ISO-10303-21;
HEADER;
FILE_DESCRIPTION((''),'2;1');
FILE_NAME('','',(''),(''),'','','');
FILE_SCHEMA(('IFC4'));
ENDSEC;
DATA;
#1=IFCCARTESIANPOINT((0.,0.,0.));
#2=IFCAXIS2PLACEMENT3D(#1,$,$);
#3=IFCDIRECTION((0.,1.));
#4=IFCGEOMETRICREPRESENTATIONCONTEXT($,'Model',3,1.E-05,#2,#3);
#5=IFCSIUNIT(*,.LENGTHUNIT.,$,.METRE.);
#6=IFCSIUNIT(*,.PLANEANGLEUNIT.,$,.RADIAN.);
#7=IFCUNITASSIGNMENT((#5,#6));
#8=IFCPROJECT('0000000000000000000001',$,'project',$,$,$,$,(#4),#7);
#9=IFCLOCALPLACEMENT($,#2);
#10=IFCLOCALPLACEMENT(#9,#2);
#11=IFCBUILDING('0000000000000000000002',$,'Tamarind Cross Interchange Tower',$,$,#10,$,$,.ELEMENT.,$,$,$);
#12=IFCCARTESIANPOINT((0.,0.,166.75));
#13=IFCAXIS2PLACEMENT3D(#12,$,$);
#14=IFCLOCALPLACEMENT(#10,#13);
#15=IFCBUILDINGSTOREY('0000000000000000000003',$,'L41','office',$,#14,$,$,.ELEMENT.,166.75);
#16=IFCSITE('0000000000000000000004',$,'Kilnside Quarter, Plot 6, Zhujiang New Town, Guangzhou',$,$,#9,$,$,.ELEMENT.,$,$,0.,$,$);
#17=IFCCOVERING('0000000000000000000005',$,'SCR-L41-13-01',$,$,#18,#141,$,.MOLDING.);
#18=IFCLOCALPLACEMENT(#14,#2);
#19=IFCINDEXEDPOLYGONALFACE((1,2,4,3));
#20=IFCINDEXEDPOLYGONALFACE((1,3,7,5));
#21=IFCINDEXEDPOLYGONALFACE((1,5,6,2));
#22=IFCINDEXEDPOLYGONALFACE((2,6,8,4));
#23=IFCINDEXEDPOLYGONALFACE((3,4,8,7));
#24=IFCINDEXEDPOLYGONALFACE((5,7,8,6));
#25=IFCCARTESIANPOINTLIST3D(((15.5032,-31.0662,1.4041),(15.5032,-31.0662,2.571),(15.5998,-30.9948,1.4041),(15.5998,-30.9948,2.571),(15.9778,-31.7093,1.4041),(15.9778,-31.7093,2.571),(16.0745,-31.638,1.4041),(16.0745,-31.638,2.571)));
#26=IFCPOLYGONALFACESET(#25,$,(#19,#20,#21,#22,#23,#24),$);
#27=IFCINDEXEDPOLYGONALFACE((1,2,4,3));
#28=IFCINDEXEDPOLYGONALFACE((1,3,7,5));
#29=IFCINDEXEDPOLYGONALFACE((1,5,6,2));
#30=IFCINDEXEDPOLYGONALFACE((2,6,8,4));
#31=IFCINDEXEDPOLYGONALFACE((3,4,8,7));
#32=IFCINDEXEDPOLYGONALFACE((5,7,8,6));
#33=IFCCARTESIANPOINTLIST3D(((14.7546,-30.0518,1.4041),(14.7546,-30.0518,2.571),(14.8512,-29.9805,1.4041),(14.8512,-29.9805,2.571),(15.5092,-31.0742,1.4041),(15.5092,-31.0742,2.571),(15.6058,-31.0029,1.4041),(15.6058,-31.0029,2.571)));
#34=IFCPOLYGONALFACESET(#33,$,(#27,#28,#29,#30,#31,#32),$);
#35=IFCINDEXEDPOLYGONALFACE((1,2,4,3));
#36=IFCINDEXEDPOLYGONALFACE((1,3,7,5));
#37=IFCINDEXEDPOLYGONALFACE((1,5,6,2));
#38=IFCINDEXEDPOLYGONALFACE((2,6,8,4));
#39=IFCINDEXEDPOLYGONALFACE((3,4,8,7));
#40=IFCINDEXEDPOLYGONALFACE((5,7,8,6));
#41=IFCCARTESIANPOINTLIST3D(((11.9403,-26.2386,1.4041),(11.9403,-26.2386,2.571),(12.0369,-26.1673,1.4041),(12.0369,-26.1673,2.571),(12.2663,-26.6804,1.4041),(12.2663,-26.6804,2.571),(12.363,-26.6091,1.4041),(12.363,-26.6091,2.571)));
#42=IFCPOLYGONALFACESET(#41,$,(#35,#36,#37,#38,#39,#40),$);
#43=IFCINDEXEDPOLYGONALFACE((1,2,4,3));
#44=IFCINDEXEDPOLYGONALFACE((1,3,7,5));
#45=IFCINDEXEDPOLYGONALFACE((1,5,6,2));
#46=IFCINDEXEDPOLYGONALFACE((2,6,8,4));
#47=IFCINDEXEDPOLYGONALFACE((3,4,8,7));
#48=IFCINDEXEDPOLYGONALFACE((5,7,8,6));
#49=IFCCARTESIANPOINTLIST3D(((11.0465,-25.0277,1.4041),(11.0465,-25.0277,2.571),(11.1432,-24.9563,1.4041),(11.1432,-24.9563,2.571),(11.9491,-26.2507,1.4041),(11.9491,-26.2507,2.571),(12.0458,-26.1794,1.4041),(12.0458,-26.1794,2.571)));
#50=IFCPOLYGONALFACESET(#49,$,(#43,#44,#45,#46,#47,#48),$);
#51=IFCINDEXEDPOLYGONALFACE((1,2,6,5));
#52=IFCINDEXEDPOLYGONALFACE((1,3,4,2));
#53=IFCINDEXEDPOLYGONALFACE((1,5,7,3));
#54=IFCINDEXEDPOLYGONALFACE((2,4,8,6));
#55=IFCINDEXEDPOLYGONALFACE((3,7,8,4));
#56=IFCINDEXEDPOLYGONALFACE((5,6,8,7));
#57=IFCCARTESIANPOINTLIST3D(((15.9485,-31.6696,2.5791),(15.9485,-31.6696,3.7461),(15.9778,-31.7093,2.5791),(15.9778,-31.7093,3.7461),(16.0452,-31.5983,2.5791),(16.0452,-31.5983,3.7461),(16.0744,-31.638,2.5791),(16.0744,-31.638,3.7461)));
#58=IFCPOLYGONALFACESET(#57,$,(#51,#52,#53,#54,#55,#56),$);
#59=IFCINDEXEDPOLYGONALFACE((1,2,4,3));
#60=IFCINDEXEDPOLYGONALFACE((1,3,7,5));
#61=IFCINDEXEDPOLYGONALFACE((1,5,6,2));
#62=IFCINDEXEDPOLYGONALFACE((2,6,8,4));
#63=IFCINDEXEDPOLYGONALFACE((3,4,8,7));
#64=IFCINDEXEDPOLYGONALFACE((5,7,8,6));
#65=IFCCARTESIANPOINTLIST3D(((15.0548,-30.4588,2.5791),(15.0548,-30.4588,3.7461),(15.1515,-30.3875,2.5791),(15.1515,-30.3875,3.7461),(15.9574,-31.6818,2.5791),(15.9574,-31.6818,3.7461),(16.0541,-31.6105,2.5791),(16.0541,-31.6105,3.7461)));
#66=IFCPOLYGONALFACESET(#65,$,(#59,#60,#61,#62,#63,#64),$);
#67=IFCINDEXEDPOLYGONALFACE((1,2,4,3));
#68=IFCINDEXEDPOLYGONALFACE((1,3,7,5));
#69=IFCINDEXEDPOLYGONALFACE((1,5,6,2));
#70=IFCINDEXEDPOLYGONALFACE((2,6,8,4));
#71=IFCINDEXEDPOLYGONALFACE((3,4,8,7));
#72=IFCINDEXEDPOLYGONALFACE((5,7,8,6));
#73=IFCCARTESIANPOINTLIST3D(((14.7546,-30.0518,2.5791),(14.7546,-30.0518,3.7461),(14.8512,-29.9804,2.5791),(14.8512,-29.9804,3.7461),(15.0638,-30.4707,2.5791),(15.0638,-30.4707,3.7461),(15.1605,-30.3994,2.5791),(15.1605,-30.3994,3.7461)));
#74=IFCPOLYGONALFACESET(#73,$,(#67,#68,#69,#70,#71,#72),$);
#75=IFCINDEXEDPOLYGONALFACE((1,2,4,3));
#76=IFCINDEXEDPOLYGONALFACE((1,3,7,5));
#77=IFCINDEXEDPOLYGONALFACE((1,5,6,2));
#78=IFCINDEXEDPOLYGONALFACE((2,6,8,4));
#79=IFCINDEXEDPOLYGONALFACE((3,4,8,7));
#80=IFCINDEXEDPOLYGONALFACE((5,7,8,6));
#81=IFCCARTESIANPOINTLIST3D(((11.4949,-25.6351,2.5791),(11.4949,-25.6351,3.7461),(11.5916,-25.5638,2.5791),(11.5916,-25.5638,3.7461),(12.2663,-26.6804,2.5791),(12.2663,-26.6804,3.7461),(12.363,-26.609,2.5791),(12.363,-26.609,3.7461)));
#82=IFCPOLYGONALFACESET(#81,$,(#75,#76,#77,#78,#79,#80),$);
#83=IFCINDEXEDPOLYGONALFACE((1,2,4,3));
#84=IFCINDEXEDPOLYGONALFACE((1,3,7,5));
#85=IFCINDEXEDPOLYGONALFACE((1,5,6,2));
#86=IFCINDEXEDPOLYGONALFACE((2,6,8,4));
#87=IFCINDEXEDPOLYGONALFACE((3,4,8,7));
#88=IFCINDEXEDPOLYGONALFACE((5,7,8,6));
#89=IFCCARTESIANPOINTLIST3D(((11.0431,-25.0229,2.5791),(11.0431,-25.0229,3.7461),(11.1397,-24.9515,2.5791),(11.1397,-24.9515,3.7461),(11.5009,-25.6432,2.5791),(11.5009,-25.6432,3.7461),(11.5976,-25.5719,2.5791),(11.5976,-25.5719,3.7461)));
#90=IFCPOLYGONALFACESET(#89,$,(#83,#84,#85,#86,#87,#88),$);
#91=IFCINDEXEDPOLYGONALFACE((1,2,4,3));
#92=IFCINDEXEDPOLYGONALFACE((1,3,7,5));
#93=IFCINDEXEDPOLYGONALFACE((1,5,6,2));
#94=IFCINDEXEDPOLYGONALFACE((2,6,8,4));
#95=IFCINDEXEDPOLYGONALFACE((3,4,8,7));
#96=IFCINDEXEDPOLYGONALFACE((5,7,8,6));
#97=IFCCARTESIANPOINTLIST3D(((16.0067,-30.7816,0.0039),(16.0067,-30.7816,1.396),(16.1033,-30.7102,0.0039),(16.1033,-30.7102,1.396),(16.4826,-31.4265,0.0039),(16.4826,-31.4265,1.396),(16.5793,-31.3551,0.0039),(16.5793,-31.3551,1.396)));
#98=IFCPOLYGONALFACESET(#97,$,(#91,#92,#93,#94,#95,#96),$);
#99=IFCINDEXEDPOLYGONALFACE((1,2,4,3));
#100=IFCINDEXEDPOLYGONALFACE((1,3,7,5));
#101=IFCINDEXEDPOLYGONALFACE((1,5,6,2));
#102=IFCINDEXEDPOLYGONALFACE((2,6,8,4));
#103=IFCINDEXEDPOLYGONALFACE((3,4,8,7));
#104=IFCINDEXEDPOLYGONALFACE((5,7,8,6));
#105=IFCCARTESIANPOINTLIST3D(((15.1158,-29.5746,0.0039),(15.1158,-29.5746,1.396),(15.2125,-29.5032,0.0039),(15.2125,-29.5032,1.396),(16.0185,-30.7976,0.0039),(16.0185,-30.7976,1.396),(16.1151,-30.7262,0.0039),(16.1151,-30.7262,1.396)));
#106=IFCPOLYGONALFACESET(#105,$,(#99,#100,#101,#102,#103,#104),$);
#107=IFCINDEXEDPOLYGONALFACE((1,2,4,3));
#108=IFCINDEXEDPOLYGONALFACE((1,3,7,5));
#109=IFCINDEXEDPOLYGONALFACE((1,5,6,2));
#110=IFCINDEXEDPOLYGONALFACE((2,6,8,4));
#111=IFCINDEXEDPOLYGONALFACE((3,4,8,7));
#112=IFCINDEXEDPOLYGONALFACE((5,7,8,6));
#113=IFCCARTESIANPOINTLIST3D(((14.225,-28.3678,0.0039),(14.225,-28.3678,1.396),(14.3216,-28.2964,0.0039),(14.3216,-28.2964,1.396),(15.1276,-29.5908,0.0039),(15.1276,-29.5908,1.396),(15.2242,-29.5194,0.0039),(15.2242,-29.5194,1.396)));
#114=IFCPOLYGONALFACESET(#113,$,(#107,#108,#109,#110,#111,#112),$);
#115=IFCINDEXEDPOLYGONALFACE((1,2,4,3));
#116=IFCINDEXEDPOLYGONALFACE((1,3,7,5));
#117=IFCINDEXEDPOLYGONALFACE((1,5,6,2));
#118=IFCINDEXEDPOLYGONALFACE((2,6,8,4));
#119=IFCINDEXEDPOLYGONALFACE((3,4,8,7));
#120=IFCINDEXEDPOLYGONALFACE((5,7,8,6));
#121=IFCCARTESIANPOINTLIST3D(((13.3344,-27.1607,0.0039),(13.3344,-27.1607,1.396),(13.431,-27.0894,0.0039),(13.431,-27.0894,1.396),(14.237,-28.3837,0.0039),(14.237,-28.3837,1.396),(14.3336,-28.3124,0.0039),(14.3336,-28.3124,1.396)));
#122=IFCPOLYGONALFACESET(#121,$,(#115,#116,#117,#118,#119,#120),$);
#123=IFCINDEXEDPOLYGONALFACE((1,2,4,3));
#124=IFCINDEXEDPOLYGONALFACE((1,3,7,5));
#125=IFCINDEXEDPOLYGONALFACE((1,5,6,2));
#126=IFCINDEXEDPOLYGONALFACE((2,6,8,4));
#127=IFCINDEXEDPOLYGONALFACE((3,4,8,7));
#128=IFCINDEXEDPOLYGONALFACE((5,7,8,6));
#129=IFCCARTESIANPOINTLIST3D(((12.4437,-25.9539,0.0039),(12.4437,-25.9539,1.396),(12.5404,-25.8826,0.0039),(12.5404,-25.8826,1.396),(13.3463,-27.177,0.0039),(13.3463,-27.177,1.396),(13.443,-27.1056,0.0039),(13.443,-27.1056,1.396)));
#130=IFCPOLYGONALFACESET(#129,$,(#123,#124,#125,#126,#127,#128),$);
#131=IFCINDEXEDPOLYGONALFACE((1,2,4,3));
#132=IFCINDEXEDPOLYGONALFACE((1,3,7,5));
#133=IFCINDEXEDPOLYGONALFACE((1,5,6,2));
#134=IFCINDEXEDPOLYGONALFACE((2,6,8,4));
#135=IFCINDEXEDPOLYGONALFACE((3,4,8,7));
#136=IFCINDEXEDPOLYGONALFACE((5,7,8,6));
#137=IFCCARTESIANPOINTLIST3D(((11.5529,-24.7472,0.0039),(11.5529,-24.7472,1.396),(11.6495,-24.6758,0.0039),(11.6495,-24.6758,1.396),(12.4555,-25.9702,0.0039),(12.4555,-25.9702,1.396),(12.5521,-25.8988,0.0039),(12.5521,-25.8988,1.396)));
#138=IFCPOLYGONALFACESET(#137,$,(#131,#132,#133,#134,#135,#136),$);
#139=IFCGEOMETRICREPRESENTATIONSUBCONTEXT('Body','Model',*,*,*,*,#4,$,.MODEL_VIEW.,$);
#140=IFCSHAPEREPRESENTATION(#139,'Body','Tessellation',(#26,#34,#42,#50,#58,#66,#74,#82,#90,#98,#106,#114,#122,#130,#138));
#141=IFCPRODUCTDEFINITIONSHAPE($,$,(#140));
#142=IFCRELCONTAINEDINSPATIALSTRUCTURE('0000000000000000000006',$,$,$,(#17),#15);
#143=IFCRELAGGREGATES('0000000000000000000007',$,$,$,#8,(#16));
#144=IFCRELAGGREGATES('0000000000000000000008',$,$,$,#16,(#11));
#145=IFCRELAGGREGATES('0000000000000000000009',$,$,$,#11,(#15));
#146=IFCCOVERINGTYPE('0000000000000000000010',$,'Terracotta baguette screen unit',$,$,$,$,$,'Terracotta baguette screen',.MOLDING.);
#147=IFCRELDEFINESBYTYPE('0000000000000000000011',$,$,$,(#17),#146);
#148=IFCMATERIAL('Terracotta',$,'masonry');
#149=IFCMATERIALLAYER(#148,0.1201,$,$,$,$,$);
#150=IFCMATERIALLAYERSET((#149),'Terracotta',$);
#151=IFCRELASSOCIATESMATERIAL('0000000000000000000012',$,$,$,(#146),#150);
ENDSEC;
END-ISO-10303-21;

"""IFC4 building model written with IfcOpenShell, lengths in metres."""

from ifc_helpers import new_model, si_unit, direction, frame, origin, origin_2d, place, context, subcontext, project, spatial, rectangle, extrude, material, layer, layer_set, type_object, element, save


model = new_model("IFC4")

# Units and contexts
model_context = context("Model", 3, precision=1e-05, world=origin(), true_north=direction((0.0, 1.0)))
body_context = subcontext(model_context, "Body", "Model", "MODEL_VIEW")
ifc_project = project(units=[si_unit("LENGTHUNIT", "METRE"), si_unit("PLANEANGLEUNIT", "RADIAN")], contexts=[model_context])

# Site, building, storey
site_placement = place(None, origin())
site = spatial("IfcSite", under=ifc_project, at=site_placement, Name="Kilnside Quarter, Plot 6, Zhujiang New Town, Guangzhou", CompositionType="ELEMENT", RefElevation=0.0)
building_placement = place(site_placement, origin())
building = spatial("IfcBuilding", under=site, at=building_placement, Name="Tamarind Cross Interchange Tower", CompositionType="ELEMENT")
storey_placement = place(building_placement, frame((0.0, 0.0, 166.75)))
storey = spatial("IfcBuildingStorey", under=building, at=storey_placement, Name="L41", Description="office", CompositionType="ELEMENT", Elevation=166.75)

# Covering
ifc_material_1 = material(Name="Terracotta", Category="masonry")
ifc_layer_1 = layer(ifc_material_1, 0.1201)
ifc_layer_set_1 = layer_set([ifc_layer_1], Name="Terracotta")
covering_type = type_object("IfcCoveringType", Name="Terracotta baguette screen unit", ElementType="Terracotta baguette screen", PredefinedType="MOLDING", material=ifc_layer_set_1)
covering_1_placement = place(storey_placement, origin())
element("IfcCovering", 1, at=covering_1_placement, inside=storey, type_object=covering_type, Name="SCR-L41-13-01", PredefinedType="MOLDING", context=body_context, shape_type="SweptSolid", body=[
    extrude(rectangle(XDim=0.7993, YDim=0.1201, at=origin_2d()), frame((15.7888, -31.3521, 1.4041), z_axis=(0.0, 0.0, 1.0), x_axis=(-0.593819, 0.804598, 0.0)), (0.0, 0.0, 1.0), 1.167),
    extrude(rectangle(XDim=1.2708, YDim=0.1201, at=origin_2d()), frame((15.1802, -30.5273, 1.4041), z_axis=(0.0, 0.0, 1.0), x_axis=(-0.593819, 0.804598, 0.0)), (0.0, 0.0, 1.0), 1.167),
    extrude(rectangle(XDim=0.5491, YDim=0.1201, at=origin_2d()), frame((12.1516, -26.4238, 1.4041), z_axis=(0.0, 0.0, 1.0), x_axis=(-0.593819, 0.804598, 0.0)), (0.0, 0.0, 1.0), 1.167),
    extrude(rectangle(XDim=1.52, YDim=0.1201, at=origin_2d()), frame((11.5461, -25.6035, 1.4041), z_axis=(0.0, 0.0, 1.0), x_axis=(-0.593819, 0.804598, 0.0)), (0.0, 0.0, 1.0), 1.167),
    extrude(rectangle(XDim=0.0493, YDim=0.1201, at=origin_2d()), frame((16.0115, -31.6538, 2.5791), z_axis=(0.0, 0.0, 1.0), x_axis=(-0.593819, 0.804598, 0.0)), (0.0, 0.0, 1.0), 1.167),
    extrude(rectangle(XDim=1.52, YDim=0.1201, at=origin_2d()), frame((15.5544, -31.0347, 2.5791), z_axis=(0.0, 0.0, 1.0), x_axis=(-0.593819, 0.804598, 0.0)), (0.0, 0.0, 1.0), 1.167),
    extrude(rectangle(XDim=0.5208, YDim=0.1201, at=origin_2d()), frame((14.9575, -30.2256, 2.5791), z_axis=(0.0, 0.0, 1.0), x_axis=(-0.593819, 0.804598, 0.0)), (0.0, 0.0, 1.0), 1.167),
    extrude(rectangle(XDim=1.2991, YDim=0.1201, at=origin_2d()), frame((11.929, -26.1221, 2.5791), z_axis=(0.0, 0.0, 1.0), x_axis=(-0.593819, 0.804598, 0.0)), (0.0, 0.0, 1.0), 1.167),
    extrude(rectangle(XDim=0.771, YDim=0.1201, at=origin_2d()), frame((11.3203, -25.2974, 2.5791), z_axis=(0.0, 0.0, 1.0), x_axis=(-0.593819, 0.804598, 0.0)), (0.0, 0.0, 1.0), 1.167),
    extrude(rectangle(XDim=0.8015, YDim=0.1201, at=origin_2d()), frame((16.293, -31.0684, 0.0039), z_axis=(0.0, 0.0, 1.0), x_axis=(-0.593819, 0.804598, 0.0)), (0.0, 0.0, 1.0), 1.3921),
    extrude(rectangle(XDim=1.52, YDim=0.1201, at=origin_2d()), frame((15.6155, -30.1504, 0.0039), z_axis=(0.0, 0.0, 1.0), x_axis=(-0.593819, 0.804598, 0.0)), (0.0, 0.0, 1.0), 1.3921),
    extrude(rectangle(XDim=1.52, YDim=0.1201, at=origin_2d()), frame((14.7246, -28.9436, 0.0039), z_axis=(0.0, 0.0, 1.0), x_axis=(-0.593819, 0.804598, 0.0)), (0.0, 0.0, 1.0), 1.3921),
    extrude(rectangle(XDim=1.52, YDim=0.1201, at=origin_2d()), frame((13.834, -27.7366, 0.0039), z_axis=(0.0, 0.0, 1.0), x_axis=(-0.593819, 0.804598, 0.0)), (0.0, 0.0, 1.0), 1.3921),
    extrude(rectangle(XDim=1.52, YDim=0.1201, at=origin_2d()), frame((12.9434, -26.5298, 0.0039), z_axis=(0.0, 0.0, 1.0), x_axis=(-0.593819, 0.804598, 0.0)), (0.0, 0.0, 1.0), 1.3921),
    extrude(rectangle(XDim=1.52, YDim=0.1201, at=origin_2d()), frame((12.0525, -25.323, 0.0039), z_axis=(0.0, 0.0, 1.0), x_axis=(-0.593819, 0.804598, 0.0)), (0.0, 0.0, 1.0), 1.3921),
])

save(model, "model.ifc")
